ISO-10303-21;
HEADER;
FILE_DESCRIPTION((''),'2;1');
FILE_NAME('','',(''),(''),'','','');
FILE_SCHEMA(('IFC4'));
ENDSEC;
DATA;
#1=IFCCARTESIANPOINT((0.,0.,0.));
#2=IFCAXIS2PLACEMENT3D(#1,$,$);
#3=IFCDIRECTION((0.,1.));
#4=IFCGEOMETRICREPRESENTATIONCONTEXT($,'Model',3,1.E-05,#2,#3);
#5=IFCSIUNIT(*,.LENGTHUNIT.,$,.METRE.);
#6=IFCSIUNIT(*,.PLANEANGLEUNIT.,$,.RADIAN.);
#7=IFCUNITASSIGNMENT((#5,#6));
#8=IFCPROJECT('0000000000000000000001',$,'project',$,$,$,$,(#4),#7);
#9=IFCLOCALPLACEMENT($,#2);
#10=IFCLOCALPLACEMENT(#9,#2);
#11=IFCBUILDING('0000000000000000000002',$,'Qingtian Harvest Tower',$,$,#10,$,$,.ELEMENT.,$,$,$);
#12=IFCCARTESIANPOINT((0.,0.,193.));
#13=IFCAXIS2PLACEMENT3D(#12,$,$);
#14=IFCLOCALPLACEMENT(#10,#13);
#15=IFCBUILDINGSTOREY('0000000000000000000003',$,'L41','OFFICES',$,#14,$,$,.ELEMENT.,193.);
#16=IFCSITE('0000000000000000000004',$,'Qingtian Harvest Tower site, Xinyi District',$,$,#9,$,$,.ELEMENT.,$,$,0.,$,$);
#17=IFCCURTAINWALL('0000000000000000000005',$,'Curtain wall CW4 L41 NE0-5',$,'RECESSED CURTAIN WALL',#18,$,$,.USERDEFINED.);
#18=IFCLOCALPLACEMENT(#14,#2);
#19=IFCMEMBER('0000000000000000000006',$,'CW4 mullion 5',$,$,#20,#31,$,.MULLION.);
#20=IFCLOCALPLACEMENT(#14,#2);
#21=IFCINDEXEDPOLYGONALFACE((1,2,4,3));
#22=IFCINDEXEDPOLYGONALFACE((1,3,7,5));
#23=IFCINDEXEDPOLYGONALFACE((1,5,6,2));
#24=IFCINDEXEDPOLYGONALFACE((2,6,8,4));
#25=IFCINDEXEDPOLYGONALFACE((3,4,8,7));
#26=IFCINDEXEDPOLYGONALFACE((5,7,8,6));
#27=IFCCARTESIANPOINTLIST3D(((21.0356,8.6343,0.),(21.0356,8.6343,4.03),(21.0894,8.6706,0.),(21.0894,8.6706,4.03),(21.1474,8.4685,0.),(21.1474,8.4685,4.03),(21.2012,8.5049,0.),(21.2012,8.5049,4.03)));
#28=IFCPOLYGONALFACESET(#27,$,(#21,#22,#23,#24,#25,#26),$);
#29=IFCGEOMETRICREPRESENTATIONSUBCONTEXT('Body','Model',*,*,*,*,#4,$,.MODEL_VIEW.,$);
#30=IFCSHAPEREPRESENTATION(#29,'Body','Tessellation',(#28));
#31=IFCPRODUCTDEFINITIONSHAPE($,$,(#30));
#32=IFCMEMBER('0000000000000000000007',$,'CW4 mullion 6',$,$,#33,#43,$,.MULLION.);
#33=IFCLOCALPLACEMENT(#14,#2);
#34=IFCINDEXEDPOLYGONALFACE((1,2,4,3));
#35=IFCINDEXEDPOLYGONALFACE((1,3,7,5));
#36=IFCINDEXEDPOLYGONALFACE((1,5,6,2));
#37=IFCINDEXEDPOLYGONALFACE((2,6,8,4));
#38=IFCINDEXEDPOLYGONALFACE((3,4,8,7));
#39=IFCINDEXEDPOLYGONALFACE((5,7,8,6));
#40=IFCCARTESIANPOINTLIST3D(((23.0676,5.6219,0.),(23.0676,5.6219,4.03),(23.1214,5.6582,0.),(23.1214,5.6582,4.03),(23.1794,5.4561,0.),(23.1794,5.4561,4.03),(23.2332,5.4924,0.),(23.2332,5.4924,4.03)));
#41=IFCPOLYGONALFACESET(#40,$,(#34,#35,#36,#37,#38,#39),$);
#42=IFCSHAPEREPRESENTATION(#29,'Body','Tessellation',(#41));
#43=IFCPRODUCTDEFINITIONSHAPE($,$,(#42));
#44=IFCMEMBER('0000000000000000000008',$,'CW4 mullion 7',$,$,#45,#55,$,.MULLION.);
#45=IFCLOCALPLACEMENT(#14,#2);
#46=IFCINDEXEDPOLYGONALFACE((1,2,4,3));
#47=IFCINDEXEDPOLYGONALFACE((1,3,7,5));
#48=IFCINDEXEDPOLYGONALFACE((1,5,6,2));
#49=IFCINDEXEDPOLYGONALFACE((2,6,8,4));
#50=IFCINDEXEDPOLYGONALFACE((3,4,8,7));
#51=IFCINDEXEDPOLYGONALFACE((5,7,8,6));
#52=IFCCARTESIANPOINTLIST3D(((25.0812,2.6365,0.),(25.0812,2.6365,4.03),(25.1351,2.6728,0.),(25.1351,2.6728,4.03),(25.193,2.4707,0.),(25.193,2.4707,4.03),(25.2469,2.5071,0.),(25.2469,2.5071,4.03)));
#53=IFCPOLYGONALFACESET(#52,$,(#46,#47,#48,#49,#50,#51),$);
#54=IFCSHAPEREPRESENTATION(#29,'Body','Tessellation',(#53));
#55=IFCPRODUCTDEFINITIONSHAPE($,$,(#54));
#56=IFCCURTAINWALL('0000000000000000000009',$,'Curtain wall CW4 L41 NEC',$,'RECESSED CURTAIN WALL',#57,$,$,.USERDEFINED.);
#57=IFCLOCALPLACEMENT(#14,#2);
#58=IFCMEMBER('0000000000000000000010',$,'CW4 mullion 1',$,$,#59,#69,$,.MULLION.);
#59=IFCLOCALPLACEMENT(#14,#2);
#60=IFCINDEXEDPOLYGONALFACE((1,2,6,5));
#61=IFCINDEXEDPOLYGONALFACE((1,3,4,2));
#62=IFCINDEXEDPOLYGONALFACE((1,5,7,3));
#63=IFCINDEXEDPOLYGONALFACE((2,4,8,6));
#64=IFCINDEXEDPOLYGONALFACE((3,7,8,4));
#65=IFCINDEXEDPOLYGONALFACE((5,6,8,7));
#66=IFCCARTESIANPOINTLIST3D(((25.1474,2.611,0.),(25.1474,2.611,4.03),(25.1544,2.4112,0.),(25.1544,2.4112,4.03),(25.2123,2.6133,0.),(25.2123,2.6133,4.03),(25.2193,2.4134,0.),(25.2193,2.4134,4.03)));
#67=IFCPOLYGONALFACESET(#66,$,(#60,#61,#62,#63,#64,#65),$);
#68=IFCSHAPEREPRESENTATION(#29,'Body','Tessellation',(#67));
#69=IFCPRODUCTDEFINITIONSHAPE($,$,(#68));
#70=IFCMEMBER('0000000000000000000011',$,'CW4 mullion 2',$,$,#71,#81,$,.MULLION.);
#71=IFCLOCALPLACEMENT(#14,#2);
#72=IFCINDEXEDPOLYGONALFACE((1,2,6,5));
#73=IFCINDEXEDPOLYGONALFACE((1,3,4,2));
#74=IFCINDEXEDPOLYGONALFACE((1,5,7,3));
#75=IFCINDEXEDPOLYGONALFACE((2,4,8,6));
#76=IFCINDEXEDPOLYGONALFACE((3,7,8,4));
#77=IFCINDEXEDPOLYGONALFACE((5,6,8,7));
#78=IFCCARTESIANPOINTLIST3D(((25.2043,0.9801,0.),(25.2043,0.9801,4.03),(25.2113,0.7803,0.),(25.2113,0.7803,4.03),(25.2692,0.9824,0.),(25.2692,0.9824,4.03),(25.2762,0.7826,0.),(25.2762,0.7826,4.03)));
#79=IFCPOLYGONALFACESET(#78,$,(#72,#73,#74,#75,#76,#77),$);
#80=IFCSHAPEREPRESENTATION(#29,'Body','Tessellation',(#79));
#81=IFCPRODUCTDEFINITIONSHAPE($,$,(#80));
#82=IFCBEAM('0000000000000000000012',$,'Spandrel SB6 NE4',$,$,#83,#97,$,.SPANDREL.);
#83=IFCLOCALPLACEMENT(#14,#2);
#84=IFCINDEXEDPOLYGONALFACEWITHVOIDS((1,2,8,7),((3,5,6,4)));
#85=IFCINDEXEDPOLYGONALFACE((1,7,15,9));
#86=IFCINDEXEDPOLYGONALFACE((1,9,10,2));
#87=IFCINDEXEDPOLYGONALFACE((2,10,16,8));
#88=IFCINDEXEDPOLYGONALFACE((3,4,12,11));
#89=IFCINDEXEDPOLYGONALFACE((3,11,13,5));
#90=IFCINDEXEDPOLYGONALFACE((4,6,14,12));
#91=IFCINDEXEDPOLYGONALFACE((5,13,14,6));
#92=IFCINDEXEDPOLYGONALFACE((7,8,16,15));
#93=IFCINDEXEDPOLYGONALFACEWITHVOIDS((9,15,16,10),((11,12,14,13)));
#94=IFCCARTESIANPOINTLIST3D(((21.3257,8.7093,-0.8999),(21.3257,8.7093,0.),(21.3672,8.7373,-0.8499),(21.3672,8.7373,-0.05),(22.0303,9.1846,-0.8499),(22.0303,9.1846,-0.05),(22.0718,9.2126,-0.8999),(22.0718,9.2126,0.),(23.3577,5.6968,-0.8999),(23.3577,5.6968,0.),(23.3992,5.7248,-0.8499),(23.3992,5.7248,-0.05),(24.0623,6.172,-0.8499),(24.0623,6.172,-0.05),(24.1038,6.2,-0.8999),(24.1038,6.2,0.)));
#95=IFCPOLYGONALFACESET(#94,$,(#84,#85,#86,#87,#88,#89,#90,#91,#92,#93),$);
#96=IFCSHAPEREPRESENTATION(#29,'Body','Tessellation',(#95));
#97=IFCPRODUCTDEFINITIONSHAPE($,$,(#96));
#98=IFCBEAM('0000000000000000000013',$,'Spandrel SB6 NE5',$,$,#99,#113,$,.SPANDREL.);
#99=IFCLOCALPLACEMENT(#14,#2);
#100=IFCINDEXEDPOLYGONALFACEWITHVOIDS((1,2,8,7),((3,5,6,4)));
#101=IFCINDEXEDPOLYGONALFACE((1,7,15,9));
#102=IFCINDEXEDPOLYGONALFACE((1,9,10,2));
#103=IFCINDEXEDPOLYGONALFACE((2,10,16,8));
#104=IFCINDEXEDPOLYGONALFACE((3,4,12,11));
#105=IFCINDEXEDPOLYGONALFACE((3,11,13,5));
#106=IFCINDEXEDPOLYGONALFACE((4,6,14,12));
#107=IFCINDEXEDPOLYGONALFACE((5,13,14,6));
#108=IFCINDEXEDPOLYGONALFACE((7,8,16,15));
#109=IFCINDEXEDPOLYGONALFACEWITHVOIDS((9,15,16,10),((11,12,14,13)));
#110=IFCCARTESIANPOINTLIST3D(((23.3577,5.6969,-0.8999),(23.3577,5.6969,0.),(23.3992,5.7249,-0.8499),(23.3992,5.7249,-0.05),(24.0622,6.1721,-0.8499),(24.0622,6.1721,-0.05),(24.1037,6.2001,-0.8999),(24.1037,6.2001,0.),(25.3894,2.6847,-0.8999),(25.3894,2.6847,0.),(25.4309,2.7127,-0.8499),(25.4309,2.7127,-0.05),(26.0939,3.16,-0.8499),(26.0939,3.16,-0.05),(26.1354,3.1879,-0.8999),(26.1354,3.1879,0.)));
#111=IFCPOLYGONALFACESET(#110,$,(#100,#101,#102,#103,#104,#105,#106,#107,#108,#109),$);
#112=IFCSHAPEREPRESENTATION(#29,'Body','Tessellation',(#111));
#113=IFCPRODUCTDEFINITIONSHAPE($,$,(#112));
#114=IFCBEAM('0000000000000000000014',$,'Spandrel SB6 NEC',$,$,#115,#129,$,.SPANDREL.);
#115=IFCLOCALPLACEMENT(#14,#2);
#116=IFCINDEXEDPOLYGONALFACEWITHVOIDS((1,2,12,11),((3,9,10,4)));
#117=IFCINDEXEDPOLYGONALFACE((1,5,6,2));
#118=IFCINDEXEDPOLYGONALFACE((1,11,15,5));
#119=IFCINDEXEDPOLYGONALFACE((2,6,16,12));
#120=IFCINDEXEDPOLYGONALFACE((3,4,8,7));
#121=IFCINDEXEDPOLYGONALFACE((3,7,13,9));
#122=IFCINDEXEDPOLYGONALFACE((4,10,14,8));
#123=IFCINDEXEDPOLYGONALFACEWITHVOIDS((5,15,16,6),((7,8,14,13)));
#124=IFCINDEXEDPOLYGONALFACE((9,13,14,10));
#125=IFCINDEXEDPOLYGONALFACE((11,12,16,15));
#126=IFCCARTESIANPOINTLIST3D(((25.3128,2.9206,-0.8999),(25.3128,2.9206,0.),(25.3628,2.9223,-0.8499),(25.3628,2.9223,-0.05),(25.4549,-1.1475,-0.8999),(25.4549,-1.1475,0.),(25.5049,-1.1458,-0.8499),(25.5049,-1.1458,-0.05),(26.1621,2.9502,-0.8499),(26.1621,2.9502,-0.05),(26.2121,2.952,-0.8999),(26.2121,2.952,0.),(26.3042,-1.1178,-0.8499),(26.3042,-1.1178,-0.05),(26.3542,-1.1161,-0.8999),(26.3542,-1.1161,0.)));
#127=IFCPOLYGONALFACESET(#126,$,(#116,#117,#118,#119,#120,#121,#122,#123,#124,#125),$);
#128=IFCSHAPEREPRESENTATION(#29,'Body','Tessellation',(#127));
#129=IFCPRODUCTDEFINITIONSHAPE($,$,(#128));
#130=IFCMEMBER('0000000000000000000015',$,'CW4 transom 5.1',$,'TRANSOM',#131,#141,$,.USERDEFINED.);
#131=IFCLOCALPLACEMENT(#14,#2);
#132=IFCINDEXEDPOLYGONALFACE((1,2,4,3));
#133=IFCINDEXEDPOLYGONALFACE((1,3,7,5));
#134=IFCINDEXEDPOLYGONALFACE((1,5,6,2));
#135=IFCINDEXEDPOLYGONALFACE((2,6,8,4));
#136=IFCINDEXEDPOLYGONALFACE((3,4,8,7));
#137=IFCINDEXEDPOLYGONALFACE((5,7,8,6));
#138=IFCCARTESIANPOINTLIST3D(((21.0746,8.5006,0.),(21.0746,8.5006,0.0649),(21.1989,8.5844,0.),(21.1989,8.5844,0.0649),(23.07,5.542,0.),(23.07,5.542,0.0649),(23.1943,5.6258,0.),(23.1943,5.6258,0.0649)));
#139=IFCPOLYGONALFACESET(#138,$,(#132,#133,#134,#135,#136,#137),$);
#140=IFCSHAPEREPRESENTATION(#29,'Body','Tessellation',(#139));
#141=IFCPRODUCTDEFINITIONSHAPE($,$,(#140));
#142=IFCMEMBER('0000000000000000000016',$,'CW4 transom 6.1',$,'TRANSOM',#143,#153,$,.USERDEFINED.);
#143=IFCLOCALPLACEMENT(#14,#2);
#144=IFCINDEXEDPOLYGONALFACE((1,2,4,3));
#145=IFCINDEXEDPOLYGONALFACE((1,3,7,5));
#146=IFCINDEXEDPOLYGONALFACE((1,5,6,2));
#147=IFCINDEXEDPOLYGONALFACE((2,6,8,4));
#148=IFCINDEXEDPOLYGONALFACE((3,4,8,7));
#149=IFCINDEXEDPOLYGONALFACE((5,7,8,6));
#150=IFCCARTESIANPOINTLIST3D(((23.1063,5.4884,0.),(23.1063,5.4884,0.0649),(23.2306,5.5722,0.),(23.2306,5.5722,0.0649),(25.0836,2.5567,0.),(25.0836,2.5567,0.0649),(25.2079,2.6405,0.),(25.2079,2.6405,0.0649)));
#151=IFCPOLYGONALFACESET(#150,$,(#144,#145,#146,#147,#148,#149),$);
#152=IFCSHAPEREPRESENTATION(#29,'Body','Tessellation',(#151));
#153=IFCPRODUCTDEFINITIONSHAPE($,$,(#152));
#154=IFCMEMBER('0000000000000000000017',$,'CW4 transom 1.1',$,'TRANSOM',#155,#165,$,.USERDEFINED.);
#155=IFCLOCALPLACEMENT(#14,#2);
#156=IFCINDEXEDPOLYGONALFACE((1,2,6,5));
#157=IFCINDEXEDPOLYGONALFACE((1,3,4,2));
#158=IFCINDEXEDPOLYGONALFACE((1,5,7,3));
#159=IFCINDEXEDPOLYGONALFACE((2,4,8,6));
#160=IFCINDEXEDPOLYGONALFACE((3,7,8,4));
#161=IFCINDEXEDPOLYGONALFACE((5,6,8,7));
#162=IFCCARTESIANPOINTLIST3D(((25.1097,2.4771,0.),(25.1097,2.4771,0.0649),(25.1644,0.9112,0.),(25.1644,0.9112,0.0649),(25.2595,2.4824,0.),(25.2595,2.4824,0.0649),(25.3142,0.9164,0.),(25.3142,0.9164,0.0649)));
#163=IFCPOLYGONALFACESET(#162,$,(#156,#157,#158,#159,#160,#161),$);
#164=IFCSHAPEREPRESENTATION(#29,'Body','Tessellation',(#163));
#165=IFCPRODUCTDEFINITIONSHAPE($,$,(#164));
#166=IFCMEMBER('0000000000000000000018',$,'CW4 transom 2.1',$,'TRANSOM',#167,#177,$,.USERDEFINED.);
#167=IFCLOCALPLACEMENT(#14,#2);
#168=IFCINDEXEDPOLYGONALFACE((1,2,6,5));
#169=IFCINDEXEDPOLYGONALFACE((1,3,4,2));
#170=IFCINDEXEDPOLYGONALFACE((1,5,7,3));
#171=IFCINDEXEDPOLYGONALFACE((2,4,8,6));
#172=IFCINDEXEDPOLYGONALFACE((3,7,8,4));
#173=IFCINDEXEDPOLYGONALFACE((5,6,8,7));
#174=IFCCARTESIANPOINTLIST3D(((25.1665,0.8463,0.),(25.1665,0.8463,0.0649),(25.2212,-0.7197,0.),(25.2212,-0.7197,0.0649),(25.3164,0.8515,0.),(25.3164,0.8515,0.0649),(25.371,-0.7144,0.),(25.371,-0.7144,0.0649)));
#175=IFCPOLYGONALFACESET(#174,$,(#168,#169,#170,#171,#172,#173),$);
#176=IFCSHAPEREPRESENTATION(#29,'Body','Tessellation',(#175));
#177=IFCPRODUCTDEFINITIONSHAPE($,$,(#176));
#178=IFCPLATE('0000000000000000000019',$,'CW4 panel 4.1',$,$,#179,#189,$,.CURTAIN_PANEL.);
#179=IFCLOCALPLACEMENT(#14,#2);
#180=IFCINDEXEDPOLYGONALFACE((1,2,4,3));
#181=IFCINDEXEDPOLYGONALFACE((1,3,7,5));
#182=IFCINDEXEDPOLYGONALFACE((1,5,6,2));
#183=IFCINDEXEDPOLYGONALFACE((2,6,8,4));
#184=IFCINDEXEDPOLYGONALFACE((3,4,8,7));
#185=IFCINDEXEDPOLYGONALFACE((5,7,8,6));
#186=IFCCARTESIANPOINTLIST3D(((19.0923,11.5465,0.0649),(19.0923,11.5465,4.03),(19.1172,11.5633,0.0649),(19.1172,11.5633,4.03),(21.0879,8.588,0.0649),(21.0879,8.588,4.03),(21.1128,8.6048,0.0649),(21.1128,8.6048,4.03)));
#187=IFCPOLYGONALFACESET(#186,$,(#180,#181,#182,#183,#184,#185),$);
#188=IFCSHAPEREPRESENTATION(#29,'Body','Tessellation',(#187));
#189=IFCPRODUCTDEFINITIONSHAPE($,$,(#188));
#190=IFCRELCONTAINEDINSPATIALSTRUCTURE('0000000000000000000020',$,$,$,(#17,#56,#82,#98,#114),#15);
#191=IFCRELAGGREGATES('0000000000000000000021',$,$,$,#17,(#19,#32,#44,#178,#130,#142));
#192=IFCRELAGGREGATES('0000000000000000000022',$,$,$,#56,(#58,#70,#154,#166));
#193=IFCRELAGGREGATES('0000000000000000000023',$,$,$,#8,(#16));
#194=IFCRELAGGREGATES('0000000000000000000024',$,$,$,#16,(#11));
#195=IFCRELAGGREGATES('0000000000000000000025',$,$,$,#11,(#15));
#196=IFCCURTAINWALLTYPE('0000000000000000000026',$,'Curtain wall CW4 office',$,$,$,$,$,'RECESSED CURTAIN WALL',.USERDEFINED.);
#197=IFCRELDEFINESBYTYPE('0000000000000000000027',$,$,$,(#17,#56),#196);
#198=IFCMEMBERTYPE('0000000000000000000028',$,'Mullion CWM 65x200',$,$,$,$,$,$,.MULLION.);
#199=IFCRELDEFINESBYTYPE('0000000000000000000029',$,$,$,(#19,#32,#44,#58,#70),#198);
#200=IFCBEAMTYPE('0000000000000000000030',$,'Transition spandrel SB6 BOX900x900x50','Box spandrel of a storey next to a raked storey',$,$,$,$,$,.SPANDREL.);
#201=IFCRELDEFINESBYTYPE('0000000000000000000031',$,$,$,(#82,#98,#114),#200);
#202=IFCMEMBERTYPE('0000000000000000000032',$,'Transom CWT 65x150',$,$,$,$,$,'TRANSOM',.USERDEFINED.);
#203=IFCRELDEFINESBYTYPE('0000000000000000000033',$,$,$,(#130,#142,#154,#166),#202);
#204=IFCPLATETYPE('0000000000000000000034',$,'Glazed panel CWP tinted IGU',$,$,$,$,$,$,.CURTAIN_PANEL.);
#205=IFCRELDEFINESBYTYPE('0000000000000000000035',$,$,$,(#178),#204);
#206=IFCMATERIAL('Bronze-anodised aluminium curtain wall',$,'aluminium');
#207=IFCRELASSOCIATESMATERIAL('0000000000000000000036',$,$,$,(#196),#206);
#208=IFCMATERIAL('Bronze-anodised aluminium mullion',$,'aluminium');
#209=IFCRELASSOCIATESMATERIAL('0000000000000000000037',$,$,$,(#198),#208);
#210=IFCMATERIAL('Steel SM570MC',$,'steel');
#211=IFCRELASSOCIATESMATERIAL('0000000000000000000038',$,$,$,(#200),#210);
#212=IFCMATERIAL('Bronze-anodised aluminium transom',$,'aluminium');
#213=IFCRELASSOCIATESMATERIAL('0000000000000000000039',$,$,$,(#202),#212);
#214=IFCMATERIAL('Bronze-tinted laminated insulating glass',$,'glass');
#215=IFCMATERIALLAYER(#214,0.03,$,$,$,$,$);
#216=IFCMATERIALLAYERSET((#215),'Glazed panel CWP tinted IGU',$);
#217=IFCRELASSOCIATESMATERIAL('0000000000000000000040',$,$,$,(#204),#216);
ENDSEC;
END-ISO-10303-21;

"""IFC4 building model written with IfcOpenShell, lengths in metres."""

from ifc_helpers import new_model, si_unit, direction, frame, origin, origin_2d, place, context, subcontext, project, spatial, rectangle, hollow_rectangle, extrude, material, layer, layer_set, material_profile, profile_set, type_object, element, aggregate, save


model = new_model("IFC4")

# Units and contexts
model_context = context("Model", 3, precision=1e-05, world=origin(), true_north=direction((0.0, 1.0)))
body_context = subcontext(model_context, "Body", "Model", "MODEL_VIEW")
ifc_project = project(units=[si_unit("LENGTHUNIT", "METRE"), si_unit("PLANEANGLEUNIT", "RADIAN")], contexts=[model_context])

# Site, building, storey
site_placement = place(None, origin())
site = spatial("IfcSite", under=ifc_project, at=site_placement, Name="Qingtian Harvest Tower site, Xinyi District", CompositionType="ELEMENT", RefElevation=0.0)
building_placement = place(site_placement, origin())
building = spatial("IfcBuilding", under=site, at=building_placement, Name="Qingtian Harvest Tower", CompositionType="ELEMENT")
storey_placement = place(building_placement, frame((0.0, 0.0, 193.0)))
storey = spatial("IfcBuildingStorey", under=building, at=storey_placement, Name="L41", Description="OFFICES", CompositionType="ELEMENT", Elevation=193.0)

# Curtain walls, members
ifc_material_1 = material(Name="Bronze-anodised aluminium curtain wall", Category="aluminium")
curtain_wall_type = type_object("IfcCurtainWallType", Name="Curtain wall CW4 office", ElementType="RECESSED CURTAIN WALL", PredefinedType="USERDEFINED", material=ifc_material_1)
curtain_wall_1_placement = place(storey_placement, origin())
curtain_wall_1 = element("IfcCurtainWall", 1, at=curtain_wall_1_placement, inside=storey, type_object=curtain_wall_type, Name="Curtain wall CW4 L41 NE0-5", ObjectType="RECESSED CURTAIN WALL", PredefinedType="USERDEFINED")
ifc_material_2 = material(Name="Bronze-anodised aluminium mullion", Category="aluminium")
ifc_material_profile_1 = material_profile(ifc_material_2, rectangle(XDim=0.0649, YDim=0.2, at=origin_2d()), Name="AL 65x200")
ifc_profile_set_1 = profile_set([ifc_material_profile_1], Name="Bronze-anodised aluminium mullion")
member_type_1 = type_object("IfcMemberType", Name="Mullion CWM 65x200", PredefinedType="MULLION", material=ifc_profile_set_1)
member_1_placement = place(storey_placement, frame((21.1184, 8.5696, 0.0), z_axis=(0.0, 0.0, 1.0), x_axis=(0.829038, 0.559193, 0.0)))
member_1 = element("IfcMember", 2, at=member_1_placement, type_object=member_type_1, Name="CW4 mullion 5", PredefinedType="MULLION", context=body_context, shape_type="SweptSolid", body=[
    extrude(rectangle(XDim=0.0649, YDim=0.2, at=origin_2d()), origin(), (0.0, 0.0, 1.0), 4.03),
])
member_2_placement = place(storey_placement, frame((23.1504, 5.5571, 0.0), z_axis=(0.0, 0.0, 1.0), x_axis=(0.829038, 0.559193, 0.0)))
member_2 = element("IfcMember", 3, at=member_2_placement, type_object=member_type_1, Name="CW4 mullion 6", PredefinedType="MULLION", context=body_context, shape_type="SweptSolid", body=[
    extrude(rectangle(XDim=0.0649, YDim=0.2, at=origin_2d()), origin(), (0.0, 0.0, 1.0), 4.03),
])
member_3_placement = place(storey_placement, frame((25.1641, 2.5718, 0.0), z_axis=(0.0, 0.0, 1.0), x_axis=(0.829038, 0.559193, 0.0)))
member_3 = element("IfcMember", 4, at=member_3_placement, type_object=member_type_1, Name="CW4 mullion 7", PredefinedType="MULLION", context=body_context, shape_type="SweptSolid", body=[
    extrude(rectangle(XDim=0.0649, YDim=0.2, at=origin_2d()), origin(), (0.0, 0.0, 1.0), 4.03),
])
curtain_wall_2_placement = place(storey_placement, origin())
curtain_wall_2 = element("IfcCurtainWall", 5, at=curtain_wall_2_placement, inside=storey, type_object=curtain_wall_type, Name="Curtain wall CW4 L41 NEC", ObjectType="RECESSED CURTAIN WALL", PredefinedType="USERDEFINED")
member_4_placement = place(storey_placement, frame((25.1833, 2.5122, 0.0), z_axis=(0.0, 0.0, 1.0), x_axis=(0.999391, 0.034899, 0.0)))
member_4 = element("IfcMember", 6, at=member_4_placement, type_object=member_type_1, Name="CW4 mullion 1", PredefinedType="MULLION", context=body_context, shape_type="SweptSolid", body=[
    extrude(rectangle(XDim=0.0649, YDim=0.2, at=origin_2d()), origin(), (0.0, 0.0, 1.0), 4.03),
])
member_5_placement = place(storey_placement, frame((25.2402, 0.8813, 0.0), z_axis=(0.0, 0.0, 1.0), x_axis=(0.999391, 0.034899, 0.0)))
member_5 = element("IfcMember", 7, at=member_5_placement, type_object=member_type_1, Name="CW4 mullion 2", PredefinedType="MULLION", context=body_context, shape_type="SweptSolid", body=[
    extrude(rectangle(XDim=0.0649, YDim=0.2, at=origin_2d()), origin(), (0.0, 0.0, 1.0), 4.03),
])

# Beams
ifc_material_3 = material(Name="Steel SM570MC", Category="steel")
ifc_material_profile_2 = material_profile(ifc_material_3, hollow_rectangle(XDim=0.8999, YDim=0.8999, WallThickness=0.05, at=origin_2d()), Name="BOX900x900x50")
ifc_profile_set_2 = profile_set([ifc_material_profile_2], Name="Steel SM570MC")
beam_type_1 = type_object("IfcBeamType", Name="Transition spandrel SB6 BOX900x900x50", Description="Box spandrel of a storey next to a raked storey", PredefinedType="SPANDREL", material=ifc_profile_set_2)
beam_1_placement = place(storey_placement, frame((21.6987, 8.9609, -0.45), z_axis=(0.559204, -0.82903, 0.0), x_axis=(0.82903, 0.559204, 0.0)))
element("IfcBeam", 8, at=beam_1_placement, inside=storey, type_object=beam_type_1, Name="Spandrel SB6 NE4", PredefinedType="SPANDREL", context=body_context, shape_type="SweptSolid", body=[
    extrude(hollow_rectangle(XDim=0.8999, YDim=0.8999, WallThickness=0.05, at=origin_2d()), origin(), (0.0, 0.0, 1.0), 3.6338),
])
beam_2_placement = place(storey_placement, frame((23.7307, 5.9485, -0.45), z_axis=(0.559189, -0.82904, 0.0), x_axis=(0.82904, 0.559189, 0.0)))
element("IfcBeam", 9, at=beam_2_placement, inside=storey, type_object=beam_type_1, Name="Spandrel SB6 NE5", PredefinedType="SPANDREL", context=body_context, shape_type="SweptSolid", body=[
    extrude(hollow_rectangle(XDim=0.8999, YDim=0.8999, WallThickness=0.05, at=origin_2d()), origin(), (0.0, 0.0, 1.0), 3.6333),
])
beam_3_placement = place(storey_placement, frame((25.7625, 2.9363, -0.45), z_axis=(0.034906, -0.999391, 0.0), x_axis=(0.999391, 0.034906, 0.0)))
element("IfcBeam", 10, at=beam_3_placement, inside=storey, type_object=beam_type_1, Name="Spandrel SB6 NEC", PredefinedType="SPANDREL", context=body_context, shape_type="SweptSolid", body=[
    extrude(hollow_rectangle(XDim=0.8999, YDim=0.8999, WallThickness=0.05, at=origin_2d()), origin(), (0.0, 0.0, 1.0), 4.0706),
])

# Members
ifc_material_4 = material(Name="Bronze-anodised aluminium transom", Category="aluminium")
ifc_material_profile_3 = material_profile(ifc_material_4, rectangle(XDim=0.1499, YDim=0.0649, at=origin_2d()), Name="AL 65x150")
ifc_profile_set_3 = profile_set([ifc_material_profile_3], Name="Bronze-anodised aluminium transom")
member_type_2 = type_object("IfcMemberType", Name="Transom CWT 65x150", ElementType="TRANSOM", PredefinedType="USERDEFINED", material=ifc_profile_set_3)
member_6_placement = place(storey_placement, frame((21.1367, 8.5425, 0.0325), z_axis=(0.55916, -0.82906, 0.0), x_axis=(0.82906, 0.55916, 0.0)))
member_6 = element("IfcMember", 11, at=member_6_placement, type_object=member_type_2, Name="CW4 transom 5.1", ObjectType="TRANSOM", PredefinedType="USERDEFINED", context=body_context, shape_type="SweptSolid", body=[
    extrude(rectangle(XDim=0.1499, YDim=0.0649, at=origin_2d()), origin(), (0.0, 0.0, 1.0), 3.5686),
])
member_7_placement = place(storey_placement, frame((23.1685, 5.5303, 0.0325), z_axis=(0.559169, -0.829054, 0.0), x_axis=(0.829054, 0.559169, 0.0)))
member_7 = element("IfcMember", 12, at=member_7_placement, type_object=member_type_2, Name="CW4 transom 6.1", ObjectType="TRANSOM", PredefinedType="USERDEFINED", context=body_context, shape_type="SweptSolid", body=[
    extrude(rectangle(XDim=0.1499, YDim=0.0649, at=origin_2d()), origin(), (0.0, 0.0, 1.0), 3.5361),
])
member_8_placement = place(storey_placement, frame((25.1846, 2.4797, 0.0325), z_axis=(0.034902, -0.999391, 0.0), x_axis=(0.999391, 0.034902, 0.0)))
member_8 = element("IfcMember", 13, at=member_8_placement, type_object=member_type_2, Name="CW4 transom 1.1", ObjectType="TRANSOM", PredefinedType="USERDEFINED", context=body_context, shape_type="SweptSolid", body=[
    extrude(rectangle(XDim=0.1499, YDim=0.0649, at=origin_2d()), origin(), (0.0, 0.0, 1.0), 1.5669),
])
member_9_placement = place(storey_placement, frame((25.2415, 0.8489, 0.0325), z_axis=(0.034902, -0.999391, 0.0), x_axis=(0.999391, 0.034902, 0.0)))
member_9 = element("IfcMember", 14, at=member_9_placement, type_object=member_type_2, Name="CW4 transom 2.1", ObjectType="TRANSOM", PredefinedType="USERDEFINED", context=body_context, shape_type="SweptSolid", body=[
    extrude(rectangle(XDim=0.1499, YDim=0.0649, at=origin_2d()), origin(), (0.0, 0.0, 1.0), 1.5669),
])

# Plate
ifc_material_5 = material(Name="Bronze-tinted laminated insulating glass", Category="glass")
ifc_layer_1 = layer(ifc_material_5, 0.03)
ifc_layer_set_1 = layer_set([ifc_layer_1], Name="Glazed panel CWP tinted IGU")
plate_type = type_object("IfcPlateType", Name="Glazed panel CWP tinted IGU", PredefinedType="CURTAIN_PANEL", material=ifc_layer_set_1)
plate_1_placement = place(storey_placement, frame((20.1025, 10.0757, 0.0649), z_axis=(0.0, 0.0, 1.0), x_axis=(0.559193, -0.829038, 0.0)))
plate_1 = element("IfcPlate", 15, at=plate_1_placement, type_object=plate_type, Name="CW4 panel 4.1", PredefinedType="CURTAIN_PANEL", context=body_context, shape_type="SweptSolid", body=[
    extrude(rectangle(XDim=3.5686, YDim=0.03, at=origin_2d()), origin(), (0.0, 0.0, 1.0), 3.9651),
])
aggregate(curtain_wall_1, [member_1, member_2, member_3, plate_1, member_6, member_7])
aggregate(curtain_wall_2, [member_4, member_5, member_8, member_9])

save(model, "model.ifc")
